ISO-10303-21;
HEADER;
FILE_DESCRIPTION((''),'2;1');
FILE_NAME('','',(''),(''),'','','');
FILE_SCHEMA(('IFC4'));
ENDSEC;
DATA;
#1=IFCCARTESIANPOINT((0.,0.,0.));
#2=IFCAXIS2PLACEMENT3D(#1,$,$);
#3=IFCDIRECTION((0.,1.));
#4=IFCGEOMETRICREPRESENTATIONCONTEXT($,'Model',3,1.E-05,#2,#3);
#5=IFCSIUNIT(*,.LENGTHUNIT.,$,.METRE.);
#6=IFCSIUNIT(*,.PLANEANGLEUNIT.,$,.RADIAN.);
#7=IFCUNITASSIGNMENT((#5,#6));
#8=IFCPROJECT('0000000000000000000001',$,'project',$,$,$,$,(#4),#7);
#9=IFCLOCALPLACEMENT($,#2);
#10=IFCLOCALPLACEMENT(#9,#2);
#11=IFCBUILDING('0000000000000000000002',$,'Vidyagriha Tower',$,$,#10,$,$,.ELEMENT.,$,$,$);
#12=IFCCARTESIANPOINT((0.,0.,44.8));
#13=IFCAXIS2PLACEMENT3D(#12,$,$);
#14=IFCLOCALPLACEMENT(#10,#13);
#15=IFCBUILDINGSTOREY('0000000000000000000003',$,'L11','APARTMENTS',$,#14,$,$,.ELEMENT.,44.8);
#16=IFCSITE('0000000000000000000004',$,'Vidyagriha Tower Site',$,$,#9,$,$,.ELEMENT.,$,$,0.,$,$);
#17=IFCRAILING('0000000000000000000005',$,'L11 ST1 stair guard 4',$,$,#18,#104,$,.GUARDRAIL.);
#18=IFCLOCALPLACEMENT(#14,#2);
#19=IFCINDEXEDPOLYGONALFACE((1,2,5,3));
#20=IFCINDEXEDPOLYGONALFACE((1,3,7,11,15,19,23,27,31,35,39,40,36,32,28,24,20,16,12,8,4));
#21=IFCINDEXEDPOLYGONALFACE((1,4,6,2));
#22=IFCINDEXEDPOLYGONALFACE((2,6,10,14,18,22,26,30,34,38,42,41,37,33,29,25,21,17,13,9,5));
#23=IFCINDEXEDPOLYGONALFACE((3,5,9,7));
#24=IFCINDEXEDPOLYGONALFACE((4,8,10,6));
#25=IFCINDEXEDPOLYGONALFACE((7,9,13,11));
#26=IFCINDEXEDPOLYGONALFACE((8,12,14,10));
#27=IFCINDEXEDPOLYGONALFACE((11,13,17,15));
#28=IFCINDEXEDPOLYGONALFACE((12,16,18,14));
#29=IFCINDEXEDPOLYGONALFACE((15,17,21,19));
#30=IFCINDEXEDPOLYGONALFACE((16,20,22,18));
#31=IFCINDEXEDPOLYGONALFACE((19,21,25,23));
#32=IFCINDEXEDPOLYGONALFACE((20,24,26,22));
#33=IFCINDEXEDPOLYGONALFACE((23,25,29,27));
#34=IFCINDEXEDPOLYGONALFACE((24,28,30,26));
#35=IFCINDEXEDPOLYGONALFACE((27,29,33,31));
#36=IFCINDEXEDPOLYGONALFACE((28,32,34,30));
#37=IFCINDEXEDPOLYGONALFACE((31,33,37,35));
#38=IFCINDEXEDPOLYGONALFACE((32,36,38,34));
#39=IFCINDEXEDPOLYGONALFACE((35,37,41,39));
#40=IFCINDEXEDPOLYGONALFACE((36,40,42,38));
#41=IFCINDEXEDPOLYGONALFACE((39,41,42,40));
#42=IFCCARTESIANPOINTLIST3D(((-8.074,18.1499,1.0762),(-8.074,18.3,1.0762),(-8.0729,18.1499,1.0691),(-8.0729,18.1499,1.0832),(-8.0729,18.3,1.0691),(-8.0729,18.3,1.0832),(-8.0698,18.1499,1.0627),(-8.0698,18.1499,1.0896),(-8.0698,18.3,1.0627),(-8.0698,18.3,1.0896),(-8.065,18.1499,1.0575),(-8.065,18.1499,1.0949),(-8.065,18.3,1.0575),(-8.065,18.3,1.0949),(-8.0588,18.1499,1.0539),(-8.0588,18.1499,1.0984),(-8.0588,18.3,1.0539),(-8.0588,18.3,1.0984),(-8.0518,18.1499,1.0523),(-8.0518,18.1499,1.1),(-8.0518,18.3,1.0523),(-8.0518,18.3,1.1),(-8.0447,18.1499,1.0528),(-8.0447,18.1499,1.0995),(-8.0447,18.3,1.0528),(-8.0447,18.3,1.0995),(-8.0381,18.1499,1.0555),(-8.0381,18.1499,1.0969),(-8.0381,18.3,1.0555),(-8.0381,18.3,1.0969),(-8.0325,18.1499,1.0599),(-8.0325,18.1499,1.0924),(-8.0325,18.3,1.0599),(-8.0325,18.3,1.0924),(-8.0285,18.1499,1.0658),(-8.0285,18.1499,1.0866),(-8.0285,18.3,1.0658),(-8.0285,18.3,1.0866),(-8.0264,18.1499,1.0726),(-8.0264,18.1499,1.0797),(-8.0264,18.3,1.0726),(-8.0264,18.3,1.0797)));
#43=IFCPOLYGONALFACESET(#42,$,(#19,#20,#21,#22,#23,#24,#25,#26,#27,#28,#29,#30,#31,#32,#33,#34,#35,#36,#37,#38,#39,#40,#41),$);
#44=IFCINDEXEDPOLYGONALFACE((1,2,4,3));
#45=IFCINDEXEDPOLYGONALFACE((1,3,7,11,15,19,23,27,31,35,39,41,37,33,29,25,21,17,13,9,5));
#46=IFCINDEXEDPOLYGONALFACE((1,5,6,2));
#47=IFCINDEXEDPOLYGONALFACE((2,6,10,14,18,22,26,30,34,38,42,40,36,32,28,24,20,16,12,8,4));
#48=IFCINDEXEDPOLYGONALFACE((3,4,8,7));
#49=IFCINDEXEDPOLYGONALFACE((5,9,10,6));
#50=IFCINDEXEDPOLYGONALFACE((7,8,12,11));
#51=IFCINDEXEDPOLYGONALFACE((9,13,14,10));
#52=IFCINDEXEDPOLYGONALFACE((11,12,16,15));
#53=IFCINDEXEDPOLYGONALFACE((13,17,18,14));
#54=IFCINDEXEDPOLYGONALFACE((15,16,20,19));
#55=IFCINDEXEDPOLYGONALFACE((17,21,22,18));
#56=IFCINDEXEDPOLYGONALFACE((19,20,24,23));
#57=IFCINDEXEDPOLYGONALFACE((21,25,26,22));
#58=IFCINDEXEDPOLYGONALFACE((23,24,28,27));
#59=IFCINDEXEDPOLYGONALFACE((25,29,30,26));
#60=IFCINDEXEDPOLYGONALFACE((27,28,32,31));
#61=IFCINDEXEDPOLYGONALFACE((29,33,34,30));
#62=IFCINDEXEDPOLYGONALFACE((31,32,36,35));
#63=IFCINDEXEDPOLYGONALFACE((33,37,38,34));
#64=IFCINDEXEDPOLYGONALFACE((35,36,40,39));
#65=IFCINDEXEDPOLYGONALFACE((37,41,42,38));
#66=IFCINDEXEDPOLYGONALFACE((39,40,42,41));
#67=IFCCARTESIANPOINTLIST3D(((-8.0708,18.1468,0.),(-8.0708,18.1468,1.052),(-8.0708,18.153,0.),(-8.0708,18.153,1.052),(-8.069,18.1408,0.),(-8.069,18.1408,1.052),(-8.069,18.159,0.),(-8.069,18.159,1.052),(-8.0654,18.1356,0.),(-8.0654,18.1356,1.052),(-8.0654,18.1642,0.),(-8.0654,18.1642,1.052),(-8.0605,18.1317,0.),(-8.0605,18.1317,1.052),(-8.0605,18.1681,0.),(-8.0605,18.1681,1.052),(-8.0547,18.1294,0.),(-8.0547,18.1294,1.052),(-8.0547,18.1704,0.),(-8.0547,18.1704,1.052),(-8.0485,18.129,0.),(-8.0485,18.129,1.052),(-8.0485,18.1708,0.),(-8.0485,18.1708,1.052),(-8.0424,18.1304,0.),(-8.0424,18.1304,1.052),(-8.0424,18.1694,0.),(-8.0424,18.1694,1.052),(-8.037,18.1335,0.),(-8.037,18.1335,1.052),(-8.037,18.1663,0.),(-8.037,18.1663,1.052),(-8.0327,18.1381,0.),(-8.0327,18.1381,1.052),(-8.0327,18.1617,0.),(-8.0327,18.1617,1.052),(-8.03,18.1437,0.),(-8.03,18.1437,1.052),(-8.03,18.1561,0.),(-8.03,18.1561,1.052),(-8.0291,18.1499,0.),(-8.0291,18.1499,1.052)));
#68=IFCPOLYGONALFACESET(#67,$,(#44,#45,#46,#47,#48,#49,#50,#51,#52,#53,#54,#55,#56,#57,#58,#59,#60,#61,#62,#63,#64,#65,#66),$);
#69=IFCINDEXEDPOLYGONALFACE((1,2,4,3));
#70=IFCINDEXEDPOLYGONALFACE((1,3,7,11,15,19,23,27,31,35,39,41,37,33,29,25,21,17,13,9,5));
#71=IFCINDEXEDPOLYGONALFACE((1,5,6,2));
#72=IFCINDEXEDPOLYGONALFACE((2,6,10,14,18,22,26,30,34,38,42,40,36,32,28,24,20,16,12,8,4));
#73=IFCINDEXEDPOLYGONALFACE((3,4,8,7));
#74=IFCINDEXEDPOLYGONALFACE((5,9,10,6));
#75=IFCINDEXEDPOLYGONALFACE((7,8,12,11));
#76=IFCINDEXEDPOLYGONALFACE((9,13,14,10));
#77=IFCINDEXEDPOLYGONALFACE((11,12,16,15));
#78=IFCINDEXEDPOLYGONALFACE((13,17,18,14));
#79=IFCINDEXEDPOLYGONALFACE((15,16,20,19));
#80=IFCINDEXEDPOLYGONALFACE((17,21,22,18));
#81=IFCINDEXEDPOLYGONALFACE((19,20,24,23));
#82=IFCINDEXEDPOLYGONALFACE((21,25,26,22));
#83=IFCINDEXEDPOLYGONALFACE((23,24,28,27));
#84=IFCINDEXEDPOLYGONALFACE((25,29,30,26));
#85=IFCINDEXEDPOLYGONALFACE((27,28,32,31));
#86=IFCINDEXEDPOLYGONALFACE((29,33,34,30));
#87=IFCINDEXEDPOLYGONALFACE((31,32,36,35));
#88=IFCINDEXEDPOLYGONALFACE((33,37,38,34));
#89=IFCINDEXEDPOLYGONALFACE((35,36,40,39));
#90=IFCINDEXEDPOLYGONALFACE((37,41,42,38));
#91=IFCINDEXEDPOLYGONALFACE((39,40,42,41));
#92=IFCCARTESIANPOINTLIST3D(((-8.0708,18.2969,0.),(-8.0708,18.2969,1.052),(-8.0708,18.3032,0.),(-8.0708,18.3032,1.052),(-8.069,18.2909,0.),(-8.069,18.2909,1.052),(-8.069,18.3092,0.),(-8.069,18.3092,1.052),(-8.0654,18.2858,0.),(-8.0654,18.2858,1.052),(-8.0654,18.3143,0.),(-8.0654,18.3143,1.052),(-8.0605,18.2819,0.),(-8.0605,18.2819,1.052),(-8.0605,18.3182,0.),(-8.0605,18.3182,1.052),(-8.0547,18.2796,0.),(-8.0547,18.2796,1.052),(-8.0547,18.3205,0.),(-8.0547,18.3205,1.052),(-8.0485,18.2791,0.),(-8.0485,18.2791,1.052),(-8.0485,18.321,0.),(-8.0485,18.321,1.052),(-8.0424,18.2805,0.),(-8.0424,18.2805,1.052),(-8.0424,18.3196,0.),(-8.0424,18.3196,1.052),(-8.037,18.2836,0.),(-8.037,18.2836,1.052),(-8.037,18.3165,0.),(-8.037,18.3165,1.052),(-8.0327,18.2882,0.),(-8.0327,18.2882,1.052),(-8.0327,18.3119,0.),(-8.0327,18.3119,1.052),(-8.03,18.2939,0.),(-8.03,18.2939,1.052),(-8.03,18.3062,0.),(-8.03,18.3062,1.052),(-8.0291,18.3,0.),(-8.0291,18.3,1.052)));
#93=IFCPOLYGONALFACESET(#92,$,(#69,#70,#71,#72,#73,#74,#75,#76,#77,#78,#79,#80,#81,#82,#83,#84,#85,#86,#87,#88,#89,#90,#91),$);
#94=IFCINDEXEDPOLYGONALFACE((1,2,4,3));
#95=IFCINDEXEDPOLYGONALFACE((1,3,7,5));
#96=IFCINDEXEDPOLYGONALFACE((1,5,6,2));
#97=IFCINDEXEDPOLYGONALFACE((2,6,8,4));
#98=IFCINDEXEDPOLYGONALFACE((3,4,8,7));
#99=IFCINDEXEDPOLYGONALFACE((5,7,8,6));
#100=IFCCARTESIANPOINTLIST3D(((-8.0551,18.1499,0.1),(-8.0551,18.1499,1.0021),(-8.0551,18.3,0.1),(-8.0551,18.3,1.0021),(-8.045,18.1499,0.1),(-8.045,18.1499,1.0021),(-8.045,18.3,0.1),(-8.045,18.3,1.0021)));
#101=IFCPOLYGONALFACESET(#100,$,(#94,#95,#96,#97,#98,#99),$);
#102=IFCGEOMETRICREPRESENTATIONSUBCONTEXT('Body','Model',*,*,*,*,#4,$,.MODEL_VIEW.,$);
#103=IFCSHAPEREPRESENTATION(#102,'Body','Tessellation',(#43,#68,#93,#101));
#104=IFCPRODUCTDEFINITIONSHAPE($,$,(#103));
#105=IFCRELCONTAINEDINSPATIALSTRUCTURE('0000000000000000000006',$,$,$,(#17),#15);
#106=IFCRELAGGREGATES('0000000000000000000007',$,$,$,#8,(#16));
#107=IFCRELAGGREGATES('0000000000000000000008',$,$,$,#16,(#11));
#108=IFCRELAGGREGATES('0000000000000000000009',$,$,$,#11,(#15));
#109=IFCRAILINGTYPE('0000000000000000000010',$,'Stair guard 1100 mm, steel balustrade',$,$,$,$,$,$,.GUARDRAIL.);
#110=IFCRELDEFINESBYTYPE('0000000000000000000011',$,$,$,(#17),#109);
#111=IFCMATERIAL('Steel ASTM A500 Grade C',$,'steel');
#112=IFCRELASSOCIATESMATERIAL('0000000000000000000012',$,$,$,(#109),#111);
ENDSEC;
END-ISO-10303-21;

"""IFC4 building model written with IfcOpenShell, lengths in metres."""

from ifc_helpers import new_model, si_unit, direction, frame, origin, origin_2d, place, context, subcontext, project, spatial, rectangle, circle, extrude, material, type_object, element, save


model = new_model("IFC4")

# Units and contexts
model_context = context("Model", 3, precision=1e-05, world=origin(), true_north=direction((0.0, 1.0)))
body_context = subcontext(model_context, "Body", "Model", "MODEL_VIEW")
ifc_project = project(units=[si_unit("LENGTHUNIT", "METRE"), si_unit("PLANEANGLEUNIT", "RADIAN")], contexts=[model_context])

# Site, building, storey
site_placement = place(None, origin())
site = spatial("IfcSite", under=ifc_project, at=site_placement, Name="Vidyagriha Tower Site", CompositionType="ELEMENT", RefElevation=0.0)
building_placement = place(site_placement, origin())
building = spatial("IfcBuilding", under=site, at=building_placement, Name="Vidyagriha Tower", CompositionType="ELEMENT")
storey_placement = place(building_placement, frame((0.0, 0.0, 44.8)))
storey = spatial("IfcBuildingStorey", under=building, at=storey_placement, Name="L11", Description="APARTMENTS", CompositionType="ELEMENT", Elevation=44.8)

# Railing
ifc_material_1 = material(Name="Steel ASTM A500 Grade C", Category="steel")
railing_type_1 = type_object("IfcRailingType", Name="Stair guard 1100 mm, steel balustrade", PredefinedType="GUARDRAIL", material=ifc_material_1)
railing_1_placement = place(storey_placement, frame((-8.05, 18.1499, 0.0)))
element("IfcRailing", 1, at=railing_1_placement, inside=storey, type_object=railing_type_1, Name="L11 ST1 stair guard 4", PredefinedType="GUARDRAIL", context=body_context, shape_type="SweptSolid", body=[
    extrude(circle(Radius=0.0239, at=origin_2d()), frame((0.0, 0.0, 1.0762), z_axis=(0.0, 1.0, 0.0), x_axis=(-1.0, 0.0, 0.0)), (0.0, 0.0, 1.0), 0.1501),
    extrude(circle(Radius=0.021, at=origin_2d()), origin(), (0.0, 0.0, 1.0), 1.052),
    extrude(circle(Radius=0.021, at=origin_2d()), frame((0.0, 0.1501, 0.0)), (0.0, 0.0, 1.0), 1.052),
    extrude(rectangle(XDim=0.01, YDim=0.9021, at=origin_2d()), frame((0.0, 0.0, 0.551), z_axis=(0.0, 1.0, 0.0), x_axis=(-1.0, 0.0, 0.0)), (0.0, 0.0, 1.0), 0.1501),
])

save(model, "model.ifc")
